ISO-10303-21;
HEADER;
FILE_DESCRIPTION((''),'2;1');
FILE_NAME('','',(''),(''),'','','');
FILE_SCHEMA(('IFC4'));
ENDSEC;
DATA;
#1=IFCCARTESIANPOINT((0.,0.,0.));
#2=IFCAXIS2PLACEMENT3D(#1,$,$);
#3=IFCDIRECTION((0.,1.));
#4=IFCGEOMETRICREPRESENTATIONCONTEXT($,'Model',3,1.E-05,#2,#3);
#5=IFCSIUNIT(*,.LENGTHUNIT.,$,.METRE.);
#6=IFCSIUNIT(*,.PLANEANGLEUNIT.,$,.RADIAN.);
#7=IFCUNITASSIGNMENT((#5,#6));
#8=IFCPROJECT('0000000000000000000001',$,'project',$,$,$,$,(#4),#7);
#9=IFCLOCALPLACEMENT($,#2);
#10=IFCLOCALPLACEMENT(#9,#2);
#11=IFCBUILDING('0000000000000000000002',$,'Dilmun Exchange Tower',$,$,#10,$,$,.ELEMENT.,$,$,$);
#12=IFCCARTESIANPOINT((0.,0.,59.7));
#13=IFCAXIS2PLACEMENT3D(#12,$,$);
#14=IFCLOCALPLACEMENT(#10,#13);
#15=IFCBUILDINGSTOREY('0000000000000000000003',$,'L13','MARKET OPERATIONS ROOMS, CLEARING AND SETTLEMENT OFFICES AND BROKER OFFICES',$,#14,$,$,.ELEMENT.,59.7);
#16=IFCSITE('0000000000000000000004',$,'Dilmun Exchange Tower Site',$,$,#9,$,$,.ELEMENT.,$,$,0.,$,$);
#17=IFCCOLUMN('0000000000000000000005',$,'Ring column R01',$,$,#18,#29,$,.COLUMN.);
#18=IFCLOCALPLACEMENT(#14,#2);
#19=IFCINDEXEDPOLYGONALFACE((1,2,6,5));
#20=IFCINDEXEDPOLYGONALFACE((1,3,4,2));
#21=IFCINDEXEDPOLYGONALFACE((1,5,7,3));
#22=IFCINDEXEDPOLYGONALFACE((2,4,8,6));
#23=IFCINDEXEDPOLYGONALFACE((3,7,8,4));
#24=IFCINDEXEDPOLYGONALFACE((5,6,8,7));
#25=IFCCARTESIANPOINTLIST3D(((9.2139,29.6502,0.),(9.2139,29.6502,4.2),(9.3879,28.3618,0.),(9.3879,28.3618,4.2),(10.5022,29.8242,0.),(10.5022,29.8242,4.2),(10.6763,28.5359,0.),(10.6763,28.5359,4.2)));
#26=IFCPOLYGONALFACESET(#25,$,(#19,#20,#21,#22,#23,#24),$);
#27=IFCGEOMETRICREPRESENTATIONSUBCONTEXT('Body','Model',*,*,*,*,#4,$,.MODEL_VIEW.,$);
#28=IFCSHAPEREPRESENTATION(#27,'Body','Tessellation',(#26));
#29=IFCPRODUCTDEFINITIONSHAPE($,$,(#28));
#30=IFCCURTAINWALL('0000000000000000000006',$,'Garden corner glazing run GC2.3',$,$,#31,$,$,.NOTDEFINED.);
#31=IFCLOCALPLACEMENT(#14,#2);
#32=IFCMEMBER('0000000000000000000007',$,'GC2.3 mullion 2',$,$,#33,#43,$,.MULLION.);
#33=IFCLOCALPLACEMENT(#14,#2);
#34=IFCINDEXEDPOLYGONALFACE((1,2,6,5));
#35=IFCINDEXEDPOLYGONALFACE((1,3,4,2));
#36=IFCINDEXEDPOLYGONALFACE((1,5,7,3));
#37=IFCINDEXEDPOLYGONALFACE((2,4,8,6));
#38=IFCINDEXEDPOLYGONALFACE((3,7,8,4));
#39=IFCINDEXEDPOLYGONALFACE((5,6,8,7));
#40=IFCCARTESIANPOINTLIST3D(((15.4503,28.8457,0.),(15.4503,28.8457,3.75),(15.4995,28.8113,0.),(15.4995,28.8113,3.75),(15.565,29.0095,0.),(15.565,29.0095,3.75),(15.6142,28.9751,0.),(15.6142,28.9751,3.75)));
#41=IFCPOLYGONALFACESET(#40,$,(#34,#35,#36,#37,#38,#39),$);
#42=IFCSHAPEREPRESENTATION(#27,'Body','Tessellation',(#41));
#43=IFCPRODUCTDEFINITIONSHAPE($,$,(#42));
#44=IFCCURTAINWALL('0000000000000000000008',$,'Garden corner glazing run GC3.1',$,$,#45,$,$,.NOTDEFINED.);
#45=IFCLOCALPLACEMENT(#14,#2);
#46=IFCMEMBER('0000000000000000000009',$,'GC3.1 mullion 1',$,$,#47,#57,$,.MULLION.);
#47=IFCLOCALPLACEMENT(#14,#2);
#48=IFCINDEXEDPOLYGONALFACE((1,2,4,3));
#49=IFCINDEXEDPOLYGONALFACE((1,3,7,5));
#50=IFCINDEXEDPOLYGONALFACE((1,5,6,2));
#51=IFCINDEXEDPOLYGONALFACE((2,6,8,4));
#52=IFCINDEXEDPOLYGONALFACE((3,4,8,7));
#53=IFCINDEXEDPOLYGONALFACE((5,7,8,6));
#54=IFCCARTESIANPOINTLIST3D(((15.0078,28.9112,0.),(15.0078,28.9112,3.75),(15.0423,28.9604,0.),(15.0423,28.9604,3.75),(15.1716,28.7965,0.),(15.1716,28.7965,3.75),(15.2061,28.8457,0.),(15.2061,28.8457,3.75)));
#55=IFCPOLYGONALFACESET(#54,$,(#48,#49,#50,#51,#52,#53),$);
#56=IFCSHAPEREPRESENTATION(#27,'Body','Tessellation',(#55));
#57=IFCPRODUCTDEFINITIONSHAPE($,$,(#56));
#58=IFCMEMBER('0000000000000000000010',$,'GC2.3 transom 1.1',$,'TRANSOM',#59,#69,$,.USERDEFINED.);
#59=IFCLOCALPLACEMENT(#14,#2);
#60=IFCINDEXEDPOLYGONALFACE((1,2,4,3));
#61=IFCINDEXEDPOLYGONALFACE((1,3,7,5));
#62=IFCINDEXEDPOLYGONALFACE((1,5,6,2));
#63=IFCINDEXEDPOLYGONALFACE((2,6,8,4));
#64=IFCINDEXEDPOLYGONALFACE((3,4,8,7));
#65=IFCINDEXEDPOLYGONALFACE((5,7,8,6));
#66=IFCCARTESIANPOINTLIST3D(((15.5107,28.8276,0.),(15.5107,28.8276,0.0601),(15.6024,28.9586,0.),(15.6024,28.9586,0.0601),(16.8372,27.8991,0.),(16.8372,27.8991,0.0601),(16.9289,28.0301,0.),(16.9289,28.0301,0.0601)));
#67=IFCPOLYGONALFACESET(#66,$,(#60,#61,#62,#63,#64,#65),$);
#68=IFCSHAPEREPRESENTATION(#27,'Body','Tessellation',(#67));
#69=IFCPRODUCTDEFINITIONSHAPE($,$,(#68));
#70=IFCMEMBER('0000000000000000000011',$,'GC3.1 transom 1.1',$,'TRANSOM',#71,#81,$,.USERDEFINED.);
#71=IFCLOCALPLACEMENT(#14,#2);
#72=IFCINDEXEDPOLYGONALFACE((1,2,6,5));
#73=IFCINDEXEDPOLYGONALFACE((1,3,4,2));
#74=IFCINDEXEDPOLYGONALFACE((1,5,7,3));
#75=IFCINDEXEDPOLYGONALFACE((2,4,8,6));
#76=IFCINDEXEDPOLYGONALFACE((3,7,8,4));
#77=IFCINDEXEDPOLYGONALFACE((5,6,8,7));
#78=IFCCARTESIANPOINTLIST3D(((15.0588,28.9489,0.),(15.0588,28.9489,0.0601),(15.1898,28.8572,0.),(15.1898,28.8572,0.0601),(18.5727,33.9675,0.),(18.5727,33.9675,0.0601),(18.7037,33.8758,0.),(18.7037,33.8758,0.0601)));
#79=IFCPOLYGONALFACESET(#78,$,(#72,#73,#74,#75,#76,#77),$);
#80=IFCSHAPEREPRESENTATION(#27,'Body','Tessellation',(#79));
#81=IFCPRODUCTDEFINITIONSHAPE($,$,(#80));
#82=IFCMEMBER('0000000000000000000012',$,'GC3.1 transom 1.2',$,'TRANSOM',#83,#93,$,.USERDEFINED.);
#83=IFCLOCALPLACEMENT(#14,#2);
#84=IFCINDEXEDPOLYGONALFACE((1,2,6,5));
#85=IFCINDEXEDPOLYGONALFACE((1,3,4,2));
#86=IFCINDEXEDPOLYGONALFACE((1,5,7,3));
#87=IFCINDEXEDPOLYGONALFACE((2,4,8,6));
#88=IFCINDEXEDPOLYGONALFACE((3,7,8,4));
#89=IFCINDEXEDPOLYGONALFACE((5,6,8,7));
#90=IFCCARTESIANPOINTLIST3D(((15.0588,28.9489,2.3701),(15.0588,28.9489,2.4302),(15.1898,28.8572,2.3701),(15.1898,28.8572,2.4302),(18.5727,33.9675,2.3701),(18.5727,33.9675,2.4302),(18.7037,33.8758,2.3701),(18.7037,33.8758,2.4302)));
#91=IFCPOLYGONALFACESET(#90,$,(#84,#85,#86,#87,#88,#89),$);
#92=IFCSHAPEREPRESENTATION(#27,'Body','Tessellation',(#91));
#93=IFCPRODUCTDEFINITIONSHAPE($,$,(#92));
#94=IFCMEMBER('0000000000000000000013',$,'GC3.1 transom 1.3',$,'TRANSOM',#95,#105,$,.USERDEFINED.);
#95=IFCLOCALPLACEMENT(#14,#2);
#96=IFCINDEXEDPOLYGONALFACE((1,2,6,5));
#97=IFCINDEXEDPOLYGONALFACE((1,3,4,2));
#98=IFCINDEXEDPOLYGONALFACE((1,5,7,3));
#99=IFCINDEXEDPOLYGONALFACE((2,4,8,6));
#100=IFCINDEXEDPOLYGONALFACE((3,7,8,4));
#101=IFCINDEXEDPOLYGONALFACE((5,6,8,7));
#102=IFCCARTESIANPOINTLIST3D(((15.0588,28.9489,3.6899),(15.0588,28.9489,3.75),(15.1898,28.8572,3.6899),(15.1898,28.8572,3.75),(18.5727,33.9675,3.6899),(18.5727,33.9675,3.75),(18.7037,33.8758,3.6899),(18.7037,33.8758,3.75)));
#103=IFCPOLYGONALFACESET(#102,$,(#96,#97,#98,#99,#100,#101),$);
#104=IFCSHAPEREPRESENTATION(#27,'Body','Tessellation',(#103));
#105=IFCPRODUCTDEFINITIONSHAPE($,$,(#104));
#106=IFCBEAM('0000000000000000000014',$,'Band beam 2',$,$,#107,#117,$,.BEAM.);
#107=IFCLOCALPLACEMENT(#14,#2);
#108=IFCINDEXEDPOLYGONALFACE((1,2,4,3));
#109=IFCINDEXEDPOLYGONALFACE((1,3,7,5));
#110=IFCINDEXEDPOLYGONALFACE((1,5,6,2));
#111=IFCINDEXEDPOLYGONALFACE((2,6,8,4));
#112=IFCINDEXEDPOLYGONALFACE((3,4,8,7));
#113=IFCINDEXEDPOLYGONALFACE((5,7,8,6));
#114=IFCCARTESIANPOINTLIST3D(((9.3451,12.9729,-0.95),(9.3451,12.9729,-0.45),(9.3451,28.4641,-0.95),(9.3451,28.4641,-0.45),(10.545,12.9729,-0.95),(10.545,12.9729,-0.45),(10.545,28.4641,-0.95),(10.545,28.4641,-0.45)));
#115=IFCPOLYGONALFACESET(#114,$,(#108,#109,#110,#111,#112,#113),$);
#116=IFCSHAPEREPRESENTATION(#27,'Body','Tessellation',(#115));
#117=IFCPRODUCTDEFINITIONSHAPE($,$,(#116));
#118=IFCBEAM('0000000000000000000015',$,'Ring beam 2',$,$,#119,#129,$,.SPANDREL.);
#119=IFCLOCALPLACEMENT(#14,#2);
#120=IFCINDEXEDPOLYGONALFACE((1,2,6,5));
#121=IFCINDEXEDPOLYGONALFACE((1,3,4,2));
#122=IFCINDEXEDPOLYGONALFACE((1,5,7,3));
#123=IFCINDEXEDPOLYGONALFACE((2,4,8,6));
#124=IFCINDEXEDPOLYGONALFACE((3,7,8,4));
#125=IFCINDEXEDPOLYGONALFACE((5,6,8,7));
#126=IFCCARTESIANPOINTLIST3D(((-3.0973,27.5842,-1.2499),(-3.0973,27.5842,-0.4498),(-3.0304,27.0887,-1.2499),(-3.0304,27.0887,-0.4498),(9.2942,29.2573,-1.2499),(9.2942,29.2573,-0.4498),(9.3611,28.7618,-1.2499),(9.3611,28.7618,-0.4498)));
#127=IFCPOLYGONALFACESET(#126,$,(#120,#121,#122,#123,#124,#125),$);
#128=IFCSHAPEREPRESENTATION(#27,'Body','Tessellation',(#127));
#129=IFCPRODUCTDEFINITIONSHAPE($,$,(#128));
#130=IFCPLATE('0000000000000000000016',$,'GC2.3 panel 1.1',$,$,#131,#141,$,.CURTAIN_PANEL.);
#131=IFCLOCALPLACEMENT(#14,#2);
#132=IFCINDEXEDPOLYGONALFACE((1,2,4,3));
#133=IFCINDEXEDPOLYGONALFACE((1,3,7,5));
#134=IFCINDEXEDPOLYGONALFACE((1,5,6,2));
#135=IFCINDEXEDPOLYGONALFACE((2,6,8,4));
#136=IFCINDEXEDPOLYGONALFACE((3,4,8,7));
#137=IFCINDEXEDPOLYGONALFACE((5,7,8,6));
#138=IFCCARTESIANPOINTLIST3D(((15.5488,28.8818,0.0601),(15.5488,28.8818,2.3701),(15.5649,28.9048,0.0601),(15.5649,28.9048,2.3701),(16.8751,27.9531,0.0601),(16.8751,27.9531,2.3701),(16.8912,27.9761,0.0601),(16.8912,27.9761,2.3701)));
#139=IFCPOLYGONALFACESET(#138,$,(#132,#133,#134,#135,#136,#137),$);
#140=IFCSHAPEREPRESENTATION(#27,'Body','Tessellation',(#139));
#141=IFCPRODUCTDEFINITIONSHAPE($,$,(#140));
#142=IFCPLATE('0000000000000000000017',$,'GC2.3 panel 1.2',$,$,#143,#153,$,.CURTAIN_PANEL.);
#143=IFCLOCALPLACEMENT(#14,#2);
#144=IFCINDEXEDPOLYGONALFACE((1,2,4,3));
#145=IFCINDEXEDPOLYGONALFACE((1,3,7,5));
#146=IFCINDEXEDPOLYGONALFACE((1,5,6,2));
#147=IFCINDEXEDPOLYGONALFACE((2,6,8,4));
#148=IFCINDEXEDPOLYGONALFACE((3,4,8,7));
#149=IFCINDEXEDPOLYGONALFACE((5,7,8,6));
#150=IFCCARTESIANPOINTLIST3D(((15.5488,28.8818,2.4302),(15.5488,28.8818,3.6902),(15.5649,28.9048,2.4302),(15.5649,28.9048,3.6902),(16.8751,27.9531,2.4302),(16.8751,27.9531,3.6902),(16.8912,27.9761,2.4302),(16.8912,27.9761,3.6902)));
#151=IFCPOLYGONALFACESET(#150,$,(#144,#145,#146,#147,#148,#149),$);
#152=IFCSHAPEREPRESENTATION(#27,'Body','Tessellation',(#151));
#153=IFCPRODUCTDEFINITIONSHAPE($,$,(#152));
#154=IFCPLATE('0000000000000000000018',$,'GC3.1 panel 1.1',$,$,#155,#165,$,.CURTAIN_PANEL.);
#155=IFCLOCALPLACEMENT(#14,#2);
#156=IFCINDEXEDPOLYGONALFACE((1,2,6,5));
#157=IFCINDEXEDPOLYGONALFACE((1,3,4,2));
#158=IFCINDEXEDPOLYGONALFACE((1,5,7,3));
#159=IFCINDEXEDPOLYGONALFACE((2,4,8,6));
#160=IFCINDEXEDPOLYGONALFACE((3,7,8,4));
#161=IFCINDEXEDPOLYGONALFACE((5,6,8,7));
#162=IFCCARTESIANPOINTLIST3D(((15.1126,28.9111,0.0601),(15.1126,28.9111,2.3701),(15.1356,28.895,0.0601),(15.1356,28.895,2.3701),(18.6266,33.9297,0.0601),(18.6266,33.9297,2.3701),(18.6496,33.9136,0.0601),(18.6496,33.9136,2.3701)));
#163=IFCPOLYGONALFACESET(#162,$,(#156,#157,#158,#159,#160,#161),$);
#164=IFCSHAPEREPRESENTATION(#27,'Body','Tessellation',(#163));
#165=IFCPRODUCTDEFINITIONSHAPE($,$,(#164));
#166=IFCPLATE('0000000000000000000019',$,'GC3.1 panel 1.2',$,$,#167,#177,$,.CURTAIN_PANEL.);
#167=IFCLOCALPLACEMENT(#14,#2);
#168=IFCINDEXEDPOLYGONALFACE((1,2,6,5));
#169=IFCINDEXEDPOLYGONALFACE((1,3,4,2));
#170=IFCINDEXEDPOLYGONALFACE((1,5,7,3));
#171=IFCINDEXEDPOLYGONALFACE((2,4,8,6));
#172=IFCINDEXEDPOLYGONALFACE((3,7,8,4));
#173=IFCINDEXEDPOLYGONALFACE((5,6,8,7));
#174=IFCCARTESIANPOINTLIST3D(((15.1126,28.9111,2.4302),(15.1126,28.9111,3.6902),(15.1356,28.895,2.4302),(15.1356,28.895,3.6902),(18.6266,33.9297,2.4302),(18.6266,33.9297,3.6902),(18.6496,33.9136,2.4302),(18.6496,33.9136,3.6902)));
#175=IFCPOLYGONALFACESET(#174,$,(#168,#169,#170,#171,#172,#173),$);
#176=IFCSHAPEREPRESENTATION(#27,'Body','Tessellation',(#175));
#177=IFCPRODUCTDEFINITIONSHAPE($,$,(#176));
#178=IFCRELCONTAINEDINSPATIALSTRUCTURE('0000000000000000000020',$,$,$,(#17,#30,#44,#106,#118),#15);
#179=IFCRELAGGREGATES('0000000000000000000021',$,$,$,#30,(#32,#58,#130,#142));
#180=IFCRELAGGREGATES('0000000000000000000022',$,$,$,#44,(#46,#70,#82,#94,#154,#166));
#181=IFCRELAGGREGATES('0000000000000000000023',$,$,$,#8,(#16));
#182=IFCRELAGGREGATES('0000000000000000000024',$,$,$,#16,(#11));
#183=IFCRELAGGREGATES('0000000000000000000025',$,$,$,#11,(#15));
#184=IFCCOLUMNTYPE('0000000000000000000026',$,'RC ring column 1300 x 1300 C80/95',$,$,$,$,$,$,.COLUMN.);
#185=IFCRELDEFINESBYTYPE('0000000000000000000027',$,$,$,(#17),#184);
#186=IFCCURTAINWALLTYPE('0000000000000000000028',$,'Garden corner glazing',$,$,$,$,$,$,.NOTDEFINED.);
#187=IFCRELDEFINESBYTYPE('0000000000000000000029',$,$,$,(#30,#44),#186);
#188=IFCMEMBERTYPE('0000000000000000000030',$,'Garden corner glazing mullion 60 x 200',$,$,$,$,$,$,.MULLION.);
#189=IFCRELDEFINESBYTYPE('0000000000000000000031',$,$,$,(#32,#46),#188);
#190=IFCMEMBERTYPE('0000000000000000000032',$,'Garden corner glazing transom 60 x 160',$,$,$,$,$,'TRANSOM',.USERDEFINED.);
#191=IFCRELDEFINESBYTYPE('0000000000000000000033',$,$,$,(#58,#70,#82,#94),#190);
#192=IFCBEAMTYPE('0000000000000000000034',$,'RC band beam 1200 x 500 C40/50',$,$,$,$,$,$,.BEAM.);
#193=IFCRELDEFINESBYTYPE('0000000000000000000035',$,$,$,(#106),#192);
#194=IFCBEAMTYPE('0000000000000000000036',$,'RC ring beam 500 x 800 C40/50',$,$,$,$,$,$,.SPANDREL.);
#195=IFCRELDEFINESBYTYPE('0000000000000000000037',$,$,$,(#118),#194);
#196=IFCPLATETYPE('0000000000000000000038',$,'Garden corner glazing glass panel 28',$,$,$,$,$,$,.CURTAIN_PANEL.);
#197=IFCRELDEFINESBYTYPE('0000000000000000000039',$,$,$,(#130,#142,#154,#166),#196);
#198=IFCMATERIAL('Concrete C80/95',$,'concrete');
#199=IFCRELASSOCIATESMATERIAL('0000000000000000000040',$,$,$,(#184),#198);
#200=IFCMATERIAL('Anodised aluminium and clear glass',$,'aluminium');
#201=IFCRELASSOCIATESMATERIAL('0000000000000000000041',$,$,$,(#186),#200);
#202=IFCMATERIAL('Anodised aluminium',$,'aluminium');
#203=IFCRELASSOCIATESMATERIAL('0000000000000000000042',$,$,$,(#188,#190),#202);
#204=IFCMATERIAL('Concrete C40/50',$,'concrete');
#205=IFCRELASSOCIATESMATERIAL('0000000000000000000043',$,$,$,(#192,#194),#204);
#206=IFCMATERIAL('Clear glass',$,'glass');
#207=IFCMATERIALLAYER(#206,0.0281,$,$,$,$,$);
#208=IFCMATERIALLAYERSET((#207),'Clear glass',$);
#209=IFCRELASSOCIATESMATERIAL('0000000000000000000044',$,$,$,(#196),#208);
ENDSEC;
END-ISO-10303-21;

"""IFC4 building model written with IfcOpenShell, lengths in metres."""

from ifc_helpers import new_model, si_unit, direction, frame, origin, origin_2d, place, context, subcontext, project, spatial, rectangle, extrude, material, layer, layer_set, material_profile, profile_set, type_object, element, aggregate, save


model = new_model("IFC4")

# Units and contexts
model_context = context("Model", 3, precision=1e-05, world=origin(), true_north=direction((0.0, 1.0)))
body_context = subcontext(model_context, "Body", "Model", "MODEL_VIEW")
ifc_project = project(units=[si_unit("LENGTHUNIT", "METRE"), si_unit("PLANEANGLEUNIT", "RADIAN")], contexts=[model_context])

# Site, building, storey
site_placement = place(None, origin())
site = spatial("IfcSite", under=ifc_project, at=site_placement, Name="Dilmun Exchange Tower Site", CompositionType="ELEMENT", RefElevation=0.0)
building_placement = place(site_placement, origin())
building = spatial("IfcBuilding", under=site, at=building_placement, Name="Dilmun Exchange Tower", CompositionType="ELEMENT")
storey_placement = place(building_placement, frame((0.0, 0.0, 59.7)))
storey = spatial("IfcBuildingStorey", under=building, at=storey_placement, Name="L13", Description="MARKET OPERATIONS ROOMS, CLEARING AND SETTLEMENT OFFICES AND BROKER OFFICES", CompositionType="ELEMENT", Elevation=59.7)

# Column
ifc_material_1 = material(Name="Concrete C80/95", Category="concrete")
ifc_material_profile_1 = material_profile(ifc_material_1, rectangle(XDim=1.3, YDim=1.3, at=origin_2d()), Name="1300 x 1300")
ifc_profile_set_1 = profile_set([ifc_material_profile_1], Name="Concrete C80/95")
column_type = type_object("IfcColumnType", Name="RC ring column 1300 x 1300 C80/95", PredefinedType="COLUMN", material=ifc_profile_set_1)
column_placement = place(storey_placement, frame((9.9451, 29.093, 0.0), z_axis=(0.0, 0.0, 1.0), x_axis=(0.991001, 0.133853, 0.0)))
element("IfcColumn", 1, at=column_placement, inside=storey, type_object=column_type, Name="Ring column R01", PredefinedType="COLUMN", context=body_context, shape_type="SweptSolid", body=[
    extrude(rectangle(XDim=1.3, YDim=1.3, at=origin_2d()), origin(), (0.0, 0.0, 1.0), 4.2),
])

# Curtain walls, members
ifc_material_2 = material(Name="Anodised aluminium and clear glass", Category="aluminium")
curtain_wall_type = type_object("IfcCurtainWallType", Name="Garden corner glazing", PredefinedType="NOTDEFINED", material=ifc_material_2)
curtain_wall_1_placement = place(storey_placement, origin())
curtain_wall_1 = element("IfcCurtainWall", 2, at=curtain_wall_1_placement, inside=storey, type_object=curtain_wall_type, Name="Garden corner glazing run GC2.3", PredefinedType="NOTDEFINED")
ifc_material_3 = material(Name="Anodised aluminium", Category="aluminium")
ifc_material_profile_2 = material_profile(ifc_material_3, rectangle(XDim=0.2, YDim=0.0601, at=origin_2d()), Name="AL 60x200")
ifc_profile_set_2 = profile_set([ifc_material_profile_2], Name="Anodised aluminium")
member_type_1 = type_object("IfcMemberType", Name="Garden corner glazing mullion 60 x 200", PredefinedType="MULLION", material=ifc_profile_set_2)
member_1_placement = place(storey_placement, frame((15.5322, 28.9104, 0.0), z_axis=(0.0, 0.0, 1.0), x_axis=(-0.57357, -0.819156, 0.0)))
member_1 = element("IfcMember", 3, at=member_1_placement, type_object=member_type_1, Name="GC2.3 mullion 2", PredefinedType="MULLION", context=body_context, shape_type="SweptSolid", body=[
    extrude(rectangle(XDim=0.2, YDim=0.0601, at=origin_2d()), origin(), (0.0, 0.0, 1.0), 3.75),
])
curtain_wall_2_placement = place(storey_placement, origin())
curtain_wall_2 = element("IfcCurtainWall", 4, at=curtain_wall_2_placement, inside=storey, type_object=curtain_wall_type, Name="Garden corner glazing run GC3.1", PredefinedType="NOTDEFINED")
member_2_placement = place(storey_placement, frame((15.1069, 28.8784, 0.0), z_axis=(0.0, 0.0, 1.0), x_axis=(-0.819154, 0.573574, 0.0)))
member_2 = element("IfcMember", 5, at=member_2_placement, type_object=member_type_1, Name="GC3.1 mullion 1", PredefinedType="MULLION", context=body_context, shape_type="SweptSolid", body=[
    extrude(rectangle(XDim=0.2, YDim=0.0601, at=origin_2d()), origin(), (0.0, 0.0, 1.0), 3.75),
])

# Members
ifc_material_profile_3 = material_profile(ifc_material_3, rectangle(XDim=0.1599, YDim=0.0601, at=origin_2d()), Name="AL 60x160")
ifc_profile_set_3 = profile_set([ifc_material_profile_3], Name="Anodised aluminium")
member_type_2 = type_object("IfcMemberType", Name="Garden corner glazing transom 60 x 160", ElementType="TRANSOM", PredefinedType="USERDEFINED", material=ifc_profile_set_3)
member_3_placement = place(storey_placement, frame((16.8831, 27.9646, 0.03), z_axis=(-0.819239, 0.573452, 0.0), x_axis=(-0.573452, -0.819239, 0.0)))
member_3 = element("IfcMember", 6, at=member_3_placement, type_object=member_type_2, Name="GC2.3 transom 1.1", ObjectType="TRANSOM", PredefinedType="USERDEFINED", context=body_context, shape_type="SweptSolid", body=[
    extrude(rectangle(XDim=0.1599, YDim=0.0601, at=origin_2d()), origin(), (0.0, 0.0, 1.0), 1.6191),
])
member_4_placement = place(storey_placement, frame((15.1243, 28.9031, 0.03), z_axis=(0.573564, 0.819161, 0.0), x_axis=(-0.819161, 0.573564, 0.0)))
member_4 = element("IfcMember", 7, at=member_4_placement, type_object=member_type_2, Name="GC3.1 transom 1.1", ObjectType="TRANSOM", PredefinedType="USERDEFINED", context=body_context, shape_type="SweptSolid", body=[
    extrude(rectangle(XDim=0.1599, YDim=0.0601, at=origin_2d()), origin(), (0.0, 0.0, 1.0), 6.1265),
])
member_5_placement = place(storey_placement, frame((15.1243, 28.9031, 2.4001), z_axis=(0.573564, 0.819161, 0.0), x_axis=(-0.819161, 0.573564, 0.0)))
member_5 = element("IfcMember", 8, at=member_5_placement, type_object=member_type_2, Name="GC3.1 transom 1.2", ObjectType="TRANSOM", PredefinedType="USERDEFINED", context=body_context, shape_type="SweptSolid", body=[
    extrude(rectangle(XDim=0.1599, YDim=0.0601, at=origin_2d()), origin(), (0.0, 0.0, 1.0), 6.1265),
])
member_6_placement = place(storey_placement, frame((15.1243, 28.9031, 3.72), z_axis=(0.573564, 0.819161, 0.0), x_axis=(-0.819161, 0.573564, 0.0)))
member_6 = element("IfcMember", 9, at=member_6_placement, type_object=member_type_2, Name="GC3.1 transom 1.3", ObjectType="TRANSOM", PredefinedType="USERDEFINED", context=body_context, shape_type="SweptSolid", body=[
    extrude(rectangle(XDim=0.1599, YDim=0.0601, at=origin_2d()), origin(), (0.0, 0.0, 1.0), 6.1265),
])

# Beams
ifc_material_4 = material(Name="Concrete C40/50", Category="concrete")
ifc_material_profile_4 = material_profile(ifc_material_4, rectangle(XDim=1.2, YDim=0.5, at=origin_2d()), Name="1200 x 500")
ifc_profile_set_4 = profile_set([ifc_material_profile_4], Name="Concrete C40/50")
beam_type_1 = type_object("IfcBeamType", Name="RC band beam 1200 x 500 C40/50", PredefinedType="BEAM", material=ifc_profile_set_4)
beam_1_placement = place(storey_placement, frame((9.9451, 28.4641, -0.7), z_axis=(0.0, -1.0, 0.0), x_axis=(1.0, 0.0, 0.0)))
element("IfcBeam", 10, at=beam_1_placement, inside=storey, type_object=beam_type_1, Name="Band beam 2", PredefinedType="BEAM", context=body_context, shape_type="SweptSolid", body=[
    extrude(rectangle(XDim=1.2, YDim=0.5, at=origin_2d()), origin(), (0.0, 0.0, 1.0), 15.4912),
])
ifc_material_profile_5 = material_profile(ifc_material_4, rectangle(XDim=0.5, YDim=0.8, at=origin_2d()), Name="500 x 800")
ifc_profile_set_5 = profile_set([ifc_material_profile_5], Name="Concrete C40/50")
beam_type_2 = type_object("IfcBeamType", Name="RC ring beam 500 x 800 C40/50", PredefinedType="SPANDREL", material=ifc_profile_set_5)
beam_2_placement = place(storey_placement, frame((9.3276, 29.0095, -0.8499), z_axis=(-0.991007, -0.133807, 0.0), x_axis=(0.133807, -0.991007, 0.0)))
element("IfcBeam", 11, at=beam_2_placement, inside=storey, type_object=beam_type_2, Name="Ring beam 2", PredefinedType="SPANDREL", context=body_context, shape_type="SweptSolid", body=[
    extrude(rectangle(XDim=0.5, YDim=0.8, at=origin_2d()), origin(), (0.0, 0.0, 1.0), 12.5039),
])

# Plates
ifc_material_5 = material(Name="Clear glass", Category="glass")
ifc_layer = layer(ifc_material_5, 0.0281)
ifc_layer_set = layer_set([ifc_layer], Name="Clear glass")
plate_type = type_object("IfcPlateType", Name="Garden corner glazing glass panel 28", PredefinedType="CURTAIN_PANEL", material=ifc_layer_set)
plate_1_placement = place(storey_placement, frame((16.22, 28.429, 0.0601), z_axis=(0.0, 0.0, 1.0), x_axis=(-0.819156, 0.57357, 0.0)))
plate_1 = element("IfcPlate", 12, at=plate_1_placement, type_object=plate_type, Name="GC2.3 panel 1.1", PredefinedType="CURTAIN_PANEL", context=body_context, shape_type="SweptSolid", body=[
    extrude(rectangle(XDim=1.6191, YDim=0.0281, at=origin_2d()), origin(), (0.0, 0.0, 1.0), 2.3101),
])
plate_2_placement = place(storey_placement, frame((16.22, 28.429, 2.4302), z_axis=(0.0, 0.0, 1.0), x_axis=(-0.819156, 0.57357, 0.0)))
plate_2 = element("IfcPlate", 13, at=plate_2_placement, type_object=plate_type, Name="GC2.3 panel 1.2", PredefinedType="CURTAIN_PANEL", context=body_context, shape_type="SweptSolid", body=[
    extrude(rectangle(XDim=1.6191, YDim=0.0281, at=origin_2d()), origin(), (0.0, 0.0, 1.0), 1.26),
])
aggregate(curtain_wall_1, [member_1, member_3, plate_1, plate_2])
plate_3_placement = place(storey_placement, frame((16.8811, 31.4124, 0.0601), z_axis=(0.0, 0.0, 1.0), x_axis=(0.573574, 0.819154, 0.0)))
plate_3 = element("IfcPlate", 14, at=plate_3_placement, type_object=plate_type, Name="GC3.1 panel 1.1", PredefinedType="CURTAIN_PANEL", context=body_context, shape_type="SweptSolid", body=[
    extrude(rectangle(XDim=6.1265, YDim=0.0281, at=origin_2d()), origin(), (0.0, 0.0, 1.0), 2.3101),
])
plate_4_placement = place(storey_placement, frame((16.8811, 31.4124, 2.4302), z_axis=(0.0, 0.0, 1.0), x_axis=(0.573574, 0.819154, 0.0)))
plate_4 = element("IfcPlate", 15, at=plate_4_placement, type_object=plate_type, Name="GC3.1 panel 1.2", PredefinedType="CURTAIN_PANEL", context=body_context, shape_type="SweptSolid", body=[
    extrude(rectangle(XDim=6.1265, YDim=0.0281, at=origin_2d()), origin(), (0.0, 0.0, 1.0), 1.26),
])
aggregate(curtain_wall_2, [member_2, member_4, member_5, member_6, plate_3, plate_4])

save(model, "model.ifc")
